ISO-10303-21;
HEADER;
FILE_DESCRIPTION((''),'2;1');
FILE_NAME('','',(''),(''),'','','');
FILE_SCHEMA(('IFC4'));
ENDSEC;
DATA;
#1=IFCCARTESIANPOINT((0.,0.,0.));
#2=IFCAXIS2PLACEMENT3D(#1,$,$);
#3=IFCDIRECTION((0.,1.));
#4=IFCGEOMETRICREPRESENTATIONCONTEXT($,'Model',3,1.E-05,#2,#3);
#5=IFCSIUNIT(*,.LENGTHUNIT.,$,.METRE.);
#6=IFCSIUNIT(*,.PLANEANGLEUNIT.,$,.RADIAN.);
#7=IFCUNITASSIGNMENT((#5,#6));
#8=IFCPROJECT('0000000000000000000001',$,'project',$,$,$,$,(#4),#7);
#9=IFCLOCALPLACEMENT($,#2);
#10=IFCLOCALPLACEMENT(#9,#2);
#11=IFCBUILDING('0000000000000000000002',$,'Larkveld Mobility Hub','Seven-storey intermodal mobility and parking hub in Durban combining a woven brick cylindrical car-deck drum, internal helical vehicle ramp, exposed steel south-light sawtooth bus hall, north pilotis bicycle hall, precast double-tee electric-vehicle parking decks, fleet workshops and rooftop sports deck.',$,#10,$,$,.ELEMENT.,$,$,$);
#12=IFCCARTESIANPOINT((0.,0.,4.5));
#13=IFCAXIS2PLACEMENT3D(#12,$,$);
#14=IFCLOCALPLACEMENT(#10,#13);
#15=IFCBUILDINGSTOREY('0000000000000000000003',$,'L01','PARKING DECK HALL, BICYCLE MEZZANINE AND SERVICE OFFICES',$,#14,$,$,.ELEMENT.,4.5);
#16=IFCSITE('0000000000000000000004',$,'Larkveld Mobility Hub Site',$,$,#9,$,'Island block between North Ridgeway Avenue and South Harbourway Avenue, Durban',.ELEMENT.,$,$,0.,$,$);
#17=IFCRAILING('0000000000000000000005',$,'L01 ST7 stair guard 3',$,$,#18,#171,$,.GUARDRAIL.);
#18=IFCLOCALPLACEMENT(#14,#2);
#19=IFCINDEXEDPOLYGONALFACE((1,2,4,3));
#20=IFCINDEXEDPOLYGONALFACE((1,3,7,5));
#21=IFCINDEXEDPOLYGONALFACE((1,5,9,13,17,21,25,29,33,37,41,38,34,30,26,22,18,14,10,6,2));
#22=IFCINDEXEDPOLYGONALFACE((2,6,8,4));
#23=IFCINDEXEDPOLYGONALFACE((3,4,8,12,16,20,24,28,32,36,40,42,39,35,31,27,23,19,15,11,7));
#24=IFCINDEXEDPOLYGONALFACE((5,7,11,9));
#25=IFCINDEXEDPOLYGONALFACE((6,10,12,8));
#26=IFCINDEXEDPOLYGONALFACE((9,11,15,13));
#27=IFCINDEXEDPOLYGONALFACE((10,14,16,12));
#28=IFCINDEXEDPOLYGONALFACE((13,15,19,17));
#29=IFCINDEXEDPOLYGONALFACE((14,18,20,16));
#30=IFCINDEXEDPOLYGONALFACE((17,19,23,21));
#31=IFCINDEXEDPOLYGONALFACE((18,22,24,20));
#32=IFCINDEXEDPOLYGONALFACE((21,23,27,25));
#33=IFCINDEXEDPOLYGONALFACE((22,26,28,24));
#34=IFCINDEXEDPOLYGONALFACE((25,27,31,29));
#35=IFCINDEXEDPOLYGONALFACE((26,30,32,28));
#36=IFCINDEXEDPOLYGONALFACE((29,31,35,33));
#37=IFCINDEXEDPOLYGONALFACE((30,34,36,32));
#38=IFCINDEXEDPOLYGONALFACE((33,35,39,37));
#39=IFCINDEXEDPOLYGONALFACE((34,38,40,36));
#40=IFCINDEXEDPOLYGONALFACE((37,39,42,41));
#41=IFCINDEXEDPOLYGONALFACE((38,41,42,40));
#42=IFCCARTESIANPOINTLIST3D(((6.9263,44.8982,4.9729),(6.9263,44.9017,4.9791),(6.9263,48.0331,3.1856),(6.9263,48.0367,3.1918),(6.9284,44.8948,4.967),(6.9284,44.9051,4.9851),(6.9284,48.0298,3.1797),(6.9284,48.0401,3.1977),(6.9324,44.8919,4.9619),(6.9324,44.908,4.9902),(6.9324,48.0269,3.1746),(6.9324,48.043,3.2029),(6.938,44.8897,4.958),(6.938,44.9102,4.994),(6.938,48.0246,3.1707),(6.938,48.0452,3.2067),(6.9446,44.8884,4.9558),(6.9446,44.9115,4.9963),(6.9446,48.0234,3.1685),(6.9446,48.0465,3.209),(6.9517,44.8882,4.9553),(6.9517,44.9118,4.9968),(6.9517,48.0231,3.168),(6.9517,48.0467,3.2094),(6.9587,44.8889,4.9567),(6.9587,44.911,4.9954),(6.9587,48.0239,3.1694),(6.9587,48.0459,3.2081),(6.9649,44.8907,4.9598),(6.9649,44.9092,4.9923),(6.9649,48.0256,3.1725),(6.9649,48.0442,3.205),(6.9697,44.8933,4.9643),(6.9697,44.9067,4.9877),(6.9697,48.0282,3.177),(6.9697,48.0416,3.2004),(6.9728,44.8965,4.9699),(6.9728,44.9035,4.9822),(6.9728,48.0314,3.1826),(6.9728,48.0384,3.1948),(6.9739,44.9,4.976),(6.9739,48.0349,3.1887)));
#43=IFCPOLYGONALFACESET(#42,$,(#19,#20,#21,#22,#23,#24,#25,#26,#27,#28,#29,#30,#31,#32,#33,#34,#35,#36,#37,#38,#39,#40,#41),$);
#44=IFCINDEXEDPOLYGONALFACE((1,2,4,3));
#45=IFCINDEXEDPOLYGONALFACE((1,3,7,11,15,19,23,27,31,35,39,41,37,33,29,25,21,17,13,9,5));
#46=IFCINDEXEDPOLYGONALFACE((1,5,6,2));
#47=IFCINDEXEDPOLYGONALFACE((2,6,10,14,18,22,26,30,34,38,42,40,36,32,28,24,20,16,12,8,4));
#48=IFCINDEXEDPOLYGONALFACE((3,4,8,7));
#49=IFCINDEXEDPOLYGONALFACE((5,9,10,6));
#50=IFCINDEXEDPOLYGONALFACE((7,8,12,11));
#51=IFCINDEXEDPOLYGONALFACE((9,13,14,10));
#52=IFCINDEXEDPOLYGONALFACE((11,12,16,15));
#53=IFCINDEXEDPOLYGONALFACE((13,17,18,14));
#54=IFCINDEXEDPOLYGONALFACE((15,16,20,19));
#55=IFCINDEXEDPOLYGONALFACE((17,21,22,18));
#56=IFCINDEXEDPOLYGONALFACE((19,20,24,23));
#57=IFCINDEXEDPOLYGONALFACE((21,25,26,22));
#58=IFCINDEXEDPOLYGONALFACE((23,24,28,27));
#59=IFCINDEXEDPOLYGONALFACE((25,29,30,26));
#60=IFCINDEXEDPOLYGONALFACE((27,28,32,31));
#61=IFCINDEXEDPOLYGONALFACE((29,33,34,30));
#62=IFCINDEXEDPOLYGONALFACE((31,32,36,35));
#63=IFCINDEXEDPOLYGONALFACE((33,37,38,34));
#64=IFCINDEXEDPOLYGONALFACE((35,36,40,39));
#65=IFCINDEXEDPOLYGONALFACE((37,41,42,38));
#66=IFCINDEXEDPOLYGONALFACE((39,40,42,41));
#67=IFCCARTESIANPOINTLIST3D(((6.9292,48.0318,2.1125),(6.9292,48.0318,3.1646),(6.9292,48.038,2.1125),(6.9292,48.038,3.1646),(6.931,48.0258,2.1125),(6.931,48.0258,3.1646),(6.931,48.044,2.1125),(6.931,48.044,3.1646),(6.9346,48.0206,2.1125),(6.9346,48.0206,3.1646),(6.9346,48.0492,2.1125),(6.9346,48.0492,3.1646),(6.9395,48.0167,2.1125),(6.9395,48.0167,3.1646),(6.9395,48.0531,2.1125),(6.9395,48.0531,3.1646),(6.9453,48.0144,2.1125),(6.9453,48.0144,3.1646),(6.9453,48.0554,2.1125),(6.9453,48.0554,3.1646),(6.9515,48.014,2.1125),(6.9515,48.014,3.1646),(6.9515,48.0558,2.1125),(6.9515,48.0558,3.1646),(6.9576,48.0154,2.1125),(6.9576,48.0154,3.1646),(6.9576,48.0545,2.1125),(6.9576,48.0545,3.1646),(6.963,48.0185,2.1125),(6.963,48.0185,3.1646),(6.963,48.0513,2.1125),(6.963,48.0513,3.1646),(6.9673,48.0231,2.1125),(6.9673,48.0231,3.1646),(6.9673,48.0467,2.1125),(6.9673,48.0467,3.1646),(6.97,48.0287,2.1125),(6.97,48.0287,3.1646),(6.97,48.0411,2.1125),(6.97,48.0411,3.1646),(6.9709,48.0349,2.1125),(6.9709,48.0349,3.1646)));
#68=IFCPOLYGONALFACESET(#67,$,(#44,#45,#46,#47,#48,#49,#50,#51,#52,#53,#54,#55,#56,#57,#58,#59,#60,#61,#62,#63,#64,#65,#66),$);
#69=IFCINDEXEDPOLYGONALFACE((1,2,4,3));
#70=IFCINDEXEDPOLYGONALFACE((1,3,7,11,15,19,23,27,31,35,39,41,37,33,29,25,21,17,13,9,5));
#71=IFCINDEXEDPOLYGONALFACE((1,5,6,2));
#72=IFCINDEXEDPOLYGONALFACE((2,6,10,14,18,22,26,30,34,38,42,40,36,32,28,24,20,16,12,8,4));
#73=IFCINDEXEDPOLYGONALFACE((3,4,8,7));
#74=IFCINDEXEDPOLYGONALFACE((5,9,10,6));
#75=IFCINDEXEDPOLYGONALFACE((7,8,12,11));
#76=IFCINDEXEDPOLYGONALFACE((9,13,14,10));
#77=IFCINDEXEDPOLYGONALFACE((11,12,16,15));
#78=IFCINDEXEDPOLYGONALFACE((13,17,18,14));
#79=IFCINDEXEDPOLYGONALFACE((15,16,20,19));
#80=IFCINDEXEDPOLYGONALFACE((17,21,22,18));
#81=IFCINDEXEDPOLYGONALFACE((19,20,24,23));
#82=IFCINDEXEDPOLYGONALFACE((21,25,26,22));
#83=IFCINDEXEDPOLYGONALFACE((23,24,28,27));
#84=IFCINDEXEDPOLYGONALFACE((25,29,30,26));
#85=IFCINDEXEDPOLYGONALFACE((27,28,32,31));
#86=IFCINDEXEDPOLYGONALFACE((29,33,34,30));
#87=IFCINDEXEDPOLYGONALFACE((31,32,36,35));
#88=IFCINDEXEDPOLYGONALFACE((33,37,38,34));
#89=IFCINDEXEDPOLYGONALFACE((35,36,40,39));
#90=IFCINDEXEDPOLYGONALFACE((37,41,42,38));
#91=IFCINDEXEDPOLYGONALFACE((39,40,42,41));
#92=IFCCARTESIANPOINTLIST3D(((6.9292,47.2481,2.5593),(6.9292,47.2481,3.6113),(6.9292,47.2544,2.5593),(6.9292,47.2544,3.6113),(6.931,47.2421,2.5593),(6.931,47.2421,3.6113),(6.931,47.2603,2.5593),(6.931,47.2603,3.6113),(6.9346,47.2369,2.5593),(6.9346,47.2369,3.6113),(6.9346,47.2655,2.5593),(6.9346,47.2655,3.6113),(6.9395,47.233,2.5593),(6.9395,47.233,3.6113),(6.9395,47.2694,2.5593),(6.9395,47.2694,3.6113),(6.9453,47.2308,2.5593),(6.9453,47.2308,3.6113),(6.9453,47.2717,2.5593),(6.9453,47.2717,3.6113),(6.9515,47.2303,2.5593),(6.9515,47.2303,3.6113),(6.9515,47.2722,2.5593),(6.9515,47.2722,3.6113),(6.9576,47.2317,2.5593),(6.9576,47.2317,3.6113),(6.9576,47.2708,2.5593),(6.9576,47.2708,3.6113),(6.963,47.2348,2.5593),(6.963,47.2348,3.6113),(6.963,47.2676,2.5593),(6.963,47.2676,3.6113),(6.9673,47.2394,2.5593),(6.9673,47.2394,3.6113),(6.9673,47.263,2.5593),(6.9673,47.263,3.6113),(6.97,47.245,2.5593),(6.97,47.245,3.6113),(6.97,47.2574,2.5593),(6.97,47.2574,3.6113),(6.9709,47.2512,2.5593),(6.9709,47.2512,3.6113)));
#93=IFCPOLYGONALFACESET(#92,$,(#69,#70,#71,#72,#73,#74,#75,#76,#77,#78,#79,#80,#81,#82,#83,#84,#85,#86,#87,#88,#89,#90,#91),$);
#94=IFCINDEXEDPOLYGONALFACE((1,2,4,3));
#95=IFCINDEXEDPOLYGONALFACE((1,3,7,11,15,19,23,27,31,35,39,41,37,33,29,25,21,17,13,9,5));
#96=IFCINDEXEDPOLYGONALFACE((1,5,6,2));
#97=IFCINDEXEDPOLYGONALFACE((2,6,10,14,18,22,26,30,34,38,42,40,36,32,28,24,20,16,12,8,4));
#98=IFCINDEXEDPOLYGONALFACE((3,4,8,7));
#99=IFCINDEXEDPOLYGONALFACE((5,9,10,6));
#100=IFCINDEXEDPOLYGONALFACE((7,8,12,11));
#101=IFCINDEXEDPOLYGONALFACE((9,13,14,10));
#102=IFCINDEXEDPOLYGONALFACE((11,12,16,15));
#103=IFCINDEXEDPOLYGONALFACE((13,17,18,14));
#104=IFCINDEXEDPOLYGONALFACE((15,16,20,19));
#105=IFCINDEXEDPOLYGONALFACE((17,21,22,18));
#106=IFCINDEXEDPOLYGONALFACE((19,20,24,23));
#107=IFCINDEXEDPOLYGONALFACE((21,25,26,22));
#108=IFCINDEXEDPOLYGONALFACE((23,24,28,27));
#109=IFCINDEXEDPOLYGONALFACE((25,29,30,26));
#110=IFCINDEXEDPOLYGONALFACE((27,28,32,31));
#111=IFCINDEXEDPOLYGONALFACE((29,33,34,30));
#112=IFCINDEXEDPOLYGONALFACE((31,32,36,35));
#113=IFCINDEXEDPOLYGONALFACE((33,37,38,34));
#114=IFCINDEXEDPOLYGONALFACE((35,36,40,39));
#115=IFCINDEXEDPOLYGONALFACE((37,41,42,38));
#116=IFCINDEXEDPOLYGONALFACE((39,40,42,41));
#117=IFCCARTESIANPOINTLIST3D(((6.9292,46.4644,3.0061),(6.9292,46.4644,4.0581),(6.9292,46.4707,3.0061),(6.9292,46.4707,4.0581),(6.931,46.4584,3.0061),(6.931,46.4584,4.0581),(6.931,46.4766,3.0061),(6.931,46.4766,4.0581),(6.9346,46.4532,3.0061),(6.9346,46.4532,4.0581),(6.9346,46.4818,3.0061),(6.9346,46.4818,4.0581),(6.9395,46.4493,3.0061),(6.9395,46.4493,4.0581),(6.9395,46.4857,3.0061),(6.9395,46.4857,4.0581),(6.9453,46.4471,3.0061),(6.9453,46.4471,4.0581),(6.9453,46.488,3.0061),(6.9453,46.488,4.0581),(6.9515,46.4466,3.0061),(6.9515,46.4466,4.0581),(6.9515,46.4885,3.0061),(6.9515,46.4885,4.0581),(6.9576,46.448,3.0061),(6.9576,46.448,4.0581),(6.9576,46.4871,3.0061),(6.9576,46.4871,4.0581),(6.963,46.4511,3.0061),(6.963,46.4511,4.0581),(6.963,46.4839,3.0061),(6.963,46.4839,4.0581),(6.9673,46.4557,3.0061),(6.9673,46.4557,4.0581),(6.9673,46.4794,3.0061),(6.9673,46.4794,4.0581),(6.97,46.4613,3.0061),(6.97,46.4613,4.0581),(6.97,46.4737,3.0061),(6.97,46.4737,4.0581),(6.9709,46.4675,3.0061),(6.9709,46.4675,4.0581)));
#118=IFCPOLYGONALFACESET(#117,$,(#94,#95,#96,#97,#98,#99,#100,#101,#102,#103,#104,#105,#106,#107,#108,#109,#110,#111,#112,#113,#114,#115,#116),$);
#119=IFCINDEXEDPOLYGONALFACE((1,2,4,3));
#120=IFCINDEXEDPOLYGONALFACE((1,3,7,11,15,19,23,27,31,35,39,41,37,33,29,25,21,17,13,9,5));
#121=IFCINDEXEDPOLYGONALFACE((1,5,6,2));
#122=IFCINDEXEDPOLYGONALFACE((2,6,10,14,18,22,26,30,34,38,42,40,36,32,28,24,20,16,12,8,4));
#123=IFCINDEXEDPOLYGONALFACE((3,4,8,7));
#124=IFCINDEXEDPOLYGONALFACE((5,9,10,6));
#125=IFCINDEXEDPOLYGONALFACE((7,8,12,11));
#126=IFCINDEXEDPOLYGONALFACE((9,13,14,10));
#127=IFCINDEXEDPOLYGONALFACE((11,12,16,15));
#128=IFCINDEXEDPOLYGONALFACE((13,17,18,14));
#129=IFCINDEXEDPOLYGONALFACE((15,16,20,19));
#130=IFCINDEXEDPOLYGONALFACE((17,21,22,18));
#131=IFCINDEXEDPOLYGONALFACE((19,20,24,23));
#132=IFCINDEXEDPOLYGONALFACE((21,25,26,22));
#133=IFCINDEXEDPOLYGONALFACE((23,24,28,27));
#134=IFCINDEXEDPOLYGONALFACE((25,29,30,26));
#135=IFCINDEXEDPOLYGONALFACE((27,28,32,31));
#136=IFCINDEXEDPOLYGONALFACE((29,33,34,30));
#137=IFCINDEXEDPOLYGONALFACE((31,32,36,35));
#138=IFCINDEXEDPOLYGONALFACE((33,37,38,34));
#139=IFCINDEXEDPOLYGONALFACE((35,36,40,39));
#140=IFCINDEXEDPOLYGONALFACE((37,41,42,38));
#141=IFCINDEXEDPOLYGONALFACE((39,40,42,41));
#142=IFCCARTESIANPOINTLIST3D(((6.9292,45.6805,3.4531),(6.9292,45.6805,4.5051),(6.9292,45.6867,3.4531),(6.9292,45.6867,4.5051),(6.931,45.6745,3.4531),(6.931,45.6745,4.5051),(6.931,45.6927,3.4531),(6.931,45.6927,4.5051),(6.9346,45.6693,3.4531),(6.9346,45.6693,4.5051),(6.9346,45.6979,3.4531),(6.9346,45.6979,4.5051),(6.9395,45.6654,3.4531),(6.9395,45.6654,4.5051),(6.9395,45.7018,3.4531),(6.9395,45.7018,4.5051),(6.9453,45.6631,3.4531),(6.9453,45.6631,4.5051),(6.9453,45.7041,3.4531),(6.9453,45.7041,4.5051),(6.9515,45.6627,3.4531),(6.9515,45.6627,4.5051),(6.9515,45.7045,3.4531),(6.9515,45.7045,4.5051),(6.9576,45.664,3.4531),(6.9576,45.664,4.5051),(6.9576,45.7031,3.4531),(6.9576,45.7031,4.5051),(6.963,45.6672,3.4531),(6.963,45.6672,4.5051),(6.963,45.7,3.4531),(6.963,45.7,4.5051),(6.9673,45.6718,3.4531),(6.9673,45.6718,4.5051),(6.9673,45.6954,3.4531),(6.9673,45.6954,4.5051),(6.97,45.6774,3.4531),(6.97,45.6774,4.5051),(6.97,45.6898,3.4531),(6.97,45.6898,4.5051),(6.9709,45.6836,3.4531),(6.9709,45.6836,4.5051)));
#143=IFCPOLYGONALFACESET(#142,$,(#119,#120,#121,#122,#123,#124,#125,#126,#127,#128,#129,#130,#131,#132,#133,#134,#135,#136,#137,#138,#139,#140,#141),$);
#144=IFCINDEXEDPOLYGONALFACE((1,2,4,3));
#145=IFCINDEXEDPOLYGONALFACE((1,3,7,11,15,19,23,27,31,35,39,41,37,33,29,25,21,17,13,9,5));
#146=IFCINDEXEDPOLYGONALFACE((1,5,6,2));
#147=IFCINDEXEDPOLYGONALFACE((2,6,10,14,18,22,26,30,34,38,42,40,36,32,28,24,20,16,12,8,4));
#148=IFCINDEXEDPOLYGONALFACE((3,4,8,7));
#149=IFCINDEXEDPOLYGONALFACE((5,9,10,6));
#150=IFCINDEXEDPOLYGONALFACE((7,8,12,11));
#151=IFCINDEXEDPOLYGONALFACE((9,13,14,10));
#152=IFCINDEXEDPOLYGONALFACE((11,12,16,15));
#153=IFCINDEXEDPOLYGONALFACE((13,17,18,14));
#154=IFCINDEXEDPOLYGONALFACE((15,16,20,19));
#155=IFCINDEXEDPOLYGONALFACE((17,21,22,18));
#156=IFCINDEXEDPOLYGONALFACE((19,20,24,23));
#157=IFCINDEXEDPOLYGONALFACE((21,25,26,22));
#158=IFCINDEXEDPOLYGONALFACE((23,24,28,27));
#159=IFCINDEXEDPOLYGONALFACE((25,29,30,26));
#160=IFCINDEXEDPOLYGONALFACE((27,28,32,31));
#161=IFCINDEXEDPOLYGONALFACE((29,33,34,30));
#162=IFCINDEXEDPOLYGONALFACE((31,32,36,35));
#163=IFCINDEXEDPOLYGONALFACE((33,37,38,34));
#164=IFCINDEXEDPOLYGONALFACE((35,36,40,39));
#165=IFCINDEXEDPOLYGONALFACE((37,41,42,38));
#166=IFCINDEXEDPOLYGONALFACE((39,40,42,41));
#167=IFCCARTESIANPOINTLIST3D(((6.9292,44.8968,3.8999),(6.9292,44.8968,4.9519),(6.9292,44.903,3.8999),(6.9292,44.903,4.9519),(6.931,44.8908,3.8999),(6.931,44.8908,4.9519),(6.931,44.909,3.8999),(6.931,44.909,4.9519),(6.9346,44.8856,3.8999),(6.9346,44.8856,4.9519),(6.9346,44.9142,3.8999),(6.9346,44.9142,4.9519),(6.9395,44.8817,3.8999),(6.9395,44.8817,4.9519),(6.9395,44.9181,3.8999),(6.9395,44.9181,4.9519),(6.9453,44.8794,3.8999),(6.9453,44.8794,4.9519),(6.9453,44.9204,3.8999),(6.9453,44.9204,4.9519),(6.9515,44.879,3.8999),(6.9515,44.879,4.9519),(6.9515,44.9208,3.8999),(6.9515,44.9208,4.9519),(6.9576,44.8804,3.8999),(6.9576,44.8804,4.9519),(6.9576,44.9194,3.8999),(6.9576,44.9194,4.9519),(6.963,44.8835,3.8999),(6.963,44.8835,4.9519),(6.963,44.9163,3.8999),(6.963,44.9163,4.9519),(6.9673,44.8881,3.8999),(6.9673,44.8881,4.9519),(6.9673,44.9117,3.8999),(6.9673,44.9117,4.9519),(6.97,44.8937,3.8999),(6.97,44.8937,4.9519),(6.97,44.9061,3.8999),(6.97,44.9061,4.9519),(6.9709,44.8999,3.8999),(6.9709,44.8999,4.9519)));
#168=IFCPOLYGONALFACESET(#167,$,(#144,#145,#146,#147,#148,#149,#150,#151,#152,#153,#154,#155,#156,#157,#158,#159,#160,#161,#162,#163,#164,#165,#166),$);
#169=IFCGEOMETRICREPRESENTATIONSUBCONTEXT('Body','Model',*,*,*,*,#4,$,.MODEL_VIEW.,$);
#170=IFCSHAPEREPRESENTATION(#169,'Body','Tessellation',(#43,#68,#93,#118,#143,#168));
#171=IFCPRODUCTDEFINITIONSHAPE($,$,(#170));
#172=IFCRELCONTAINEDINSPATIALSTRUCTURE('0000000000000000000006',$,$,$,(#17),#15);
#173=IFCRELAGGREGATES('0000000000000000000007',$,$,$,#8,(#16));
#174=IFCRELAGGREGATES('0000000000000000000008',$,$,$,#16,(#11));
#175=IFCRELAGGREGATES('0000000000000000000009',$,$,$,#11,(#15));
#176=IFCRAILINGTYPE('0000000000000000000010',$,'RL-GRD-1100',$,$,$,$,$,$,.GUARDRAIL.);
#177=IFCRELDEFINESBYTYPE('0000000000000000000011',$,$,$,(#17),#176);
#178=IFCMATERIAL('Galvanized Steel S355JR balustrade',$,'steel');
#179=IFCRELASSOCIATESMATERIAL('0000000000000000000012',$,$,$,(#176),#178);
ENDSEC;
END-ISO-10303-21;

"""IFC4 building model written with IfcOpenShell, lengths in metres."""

from ifc_helpers import new_model, si_unit, direction, frame, origin, origin_2d, place, context, subcontext, project, spatial, circle, extrude, material, type_object, element, save


model = new_model("IFC4")

# Units and contexts
model_context = context("Model", 3, precision=1e-05, world=origin(), true_north=direction((0.0, 1.0)))
body_context = subcontext(model_context, "Body", "Model", "MODEL_VIEW")
ifc_project = project(units=[si_unit("LENGTHUNIT", "METRE"), si_unit("PLANEANGLEUNIT", "RADIAN")], contexts=[model_context])

# Site, building, storey
site_placement = place(None, origin())
site = spatial("IfcSite", under=ifc_project, at=site_placement, Name="Larkveld Mobility Hub Site", LongName="Island block between North Ridgeway Avenue and South Harbourway Avenue, Durban", CompositionType="ELEMENT", RefElevation=0.0)
building_placement = place(site_placement, origin())
building = spatial("IfcBuilding", under=site, at=building_placement, Name="Larkveld Mobility Hub", Description="Seven-storey intermodal mobility and parking hub in Durban combining a woven brick cylindrical car-deck drum, internal helical vehicle ramp, exposed steel south-light sawtooth bus hall, north pilotis bicycle hall, precast double-tee electric-vehicle parking decks, fleet workshops and rooftop sports deck.", CompositionType="ELEMENT")
storey_placement = place(building_placement, frame((0.0, 0.0, 4.5)))
storey = spatial("IfcBuildingStorey", under=building, at=storey_placement, Name="L01", Description="PARKING DECK HALL, BICYCLE MEZZANINE AND SERVICE OFFICES", CompositionType="ELEMENT", Elevation=4.5)

# Railing
ifc_material_1 = material(Name="Galvanized Steel S355JR balustrade", Category="steel")
railing_type_1 = type_object("IfcRailingType", Name="RL-GRD-1100", PredefinedType="GUARDRAIL", material=ifc_material_1)
railing_1_placement = place(storey_placement, frame((6.95, 48.0349, 2.1125)))
element("IfcRailing", 1, at=railing_1_placement, inside=storey, type_object=railing_type_1, Name="L01 ST7 stair guard 3", PredefinedType="GUARDRAIL", context=body_context, shape_type="SweptSolid", body=[
    extrude(circle(Radius=0.0239, at=origin_2d()), frame((0.0, 0.0, 1.0762), z_axis=(0.0, -0.86873, 0.495286), x_axis=(1.0, 0.0, 0.0)), (0.0, 0.0, 1.0), 3.6086),
    extrude(circle(Radius=0.021, at=origin_2d()), origin(), (0.0, 0.0, 1.0), 1.052),
    extrude(circle(Radius=0.021, at=origin_2d()), frame((0.0, -0.7837, 0.4468)), (0.0, 0.0, 1.0), 1.052),
    extrude(circle(Radius=0.021, at=origin_2d()), frame((0.0, -1.5674, 0.8936)), (0.0, 0.0, 1.0), 1.052),
    extrude(circle(Radius=0.021, at=origin_2d()), frame((0.0, -2.3513, 1.3406)), (0.0, 0.0, 1.0), 1.052),
    extrude(circle(Radius=0.021, at=origin_2d()), frame((0.0, -3.135, 1.7874)), (0.0, 0.0, 1.0), 1.052),
])

save(model, "model.ifc")
